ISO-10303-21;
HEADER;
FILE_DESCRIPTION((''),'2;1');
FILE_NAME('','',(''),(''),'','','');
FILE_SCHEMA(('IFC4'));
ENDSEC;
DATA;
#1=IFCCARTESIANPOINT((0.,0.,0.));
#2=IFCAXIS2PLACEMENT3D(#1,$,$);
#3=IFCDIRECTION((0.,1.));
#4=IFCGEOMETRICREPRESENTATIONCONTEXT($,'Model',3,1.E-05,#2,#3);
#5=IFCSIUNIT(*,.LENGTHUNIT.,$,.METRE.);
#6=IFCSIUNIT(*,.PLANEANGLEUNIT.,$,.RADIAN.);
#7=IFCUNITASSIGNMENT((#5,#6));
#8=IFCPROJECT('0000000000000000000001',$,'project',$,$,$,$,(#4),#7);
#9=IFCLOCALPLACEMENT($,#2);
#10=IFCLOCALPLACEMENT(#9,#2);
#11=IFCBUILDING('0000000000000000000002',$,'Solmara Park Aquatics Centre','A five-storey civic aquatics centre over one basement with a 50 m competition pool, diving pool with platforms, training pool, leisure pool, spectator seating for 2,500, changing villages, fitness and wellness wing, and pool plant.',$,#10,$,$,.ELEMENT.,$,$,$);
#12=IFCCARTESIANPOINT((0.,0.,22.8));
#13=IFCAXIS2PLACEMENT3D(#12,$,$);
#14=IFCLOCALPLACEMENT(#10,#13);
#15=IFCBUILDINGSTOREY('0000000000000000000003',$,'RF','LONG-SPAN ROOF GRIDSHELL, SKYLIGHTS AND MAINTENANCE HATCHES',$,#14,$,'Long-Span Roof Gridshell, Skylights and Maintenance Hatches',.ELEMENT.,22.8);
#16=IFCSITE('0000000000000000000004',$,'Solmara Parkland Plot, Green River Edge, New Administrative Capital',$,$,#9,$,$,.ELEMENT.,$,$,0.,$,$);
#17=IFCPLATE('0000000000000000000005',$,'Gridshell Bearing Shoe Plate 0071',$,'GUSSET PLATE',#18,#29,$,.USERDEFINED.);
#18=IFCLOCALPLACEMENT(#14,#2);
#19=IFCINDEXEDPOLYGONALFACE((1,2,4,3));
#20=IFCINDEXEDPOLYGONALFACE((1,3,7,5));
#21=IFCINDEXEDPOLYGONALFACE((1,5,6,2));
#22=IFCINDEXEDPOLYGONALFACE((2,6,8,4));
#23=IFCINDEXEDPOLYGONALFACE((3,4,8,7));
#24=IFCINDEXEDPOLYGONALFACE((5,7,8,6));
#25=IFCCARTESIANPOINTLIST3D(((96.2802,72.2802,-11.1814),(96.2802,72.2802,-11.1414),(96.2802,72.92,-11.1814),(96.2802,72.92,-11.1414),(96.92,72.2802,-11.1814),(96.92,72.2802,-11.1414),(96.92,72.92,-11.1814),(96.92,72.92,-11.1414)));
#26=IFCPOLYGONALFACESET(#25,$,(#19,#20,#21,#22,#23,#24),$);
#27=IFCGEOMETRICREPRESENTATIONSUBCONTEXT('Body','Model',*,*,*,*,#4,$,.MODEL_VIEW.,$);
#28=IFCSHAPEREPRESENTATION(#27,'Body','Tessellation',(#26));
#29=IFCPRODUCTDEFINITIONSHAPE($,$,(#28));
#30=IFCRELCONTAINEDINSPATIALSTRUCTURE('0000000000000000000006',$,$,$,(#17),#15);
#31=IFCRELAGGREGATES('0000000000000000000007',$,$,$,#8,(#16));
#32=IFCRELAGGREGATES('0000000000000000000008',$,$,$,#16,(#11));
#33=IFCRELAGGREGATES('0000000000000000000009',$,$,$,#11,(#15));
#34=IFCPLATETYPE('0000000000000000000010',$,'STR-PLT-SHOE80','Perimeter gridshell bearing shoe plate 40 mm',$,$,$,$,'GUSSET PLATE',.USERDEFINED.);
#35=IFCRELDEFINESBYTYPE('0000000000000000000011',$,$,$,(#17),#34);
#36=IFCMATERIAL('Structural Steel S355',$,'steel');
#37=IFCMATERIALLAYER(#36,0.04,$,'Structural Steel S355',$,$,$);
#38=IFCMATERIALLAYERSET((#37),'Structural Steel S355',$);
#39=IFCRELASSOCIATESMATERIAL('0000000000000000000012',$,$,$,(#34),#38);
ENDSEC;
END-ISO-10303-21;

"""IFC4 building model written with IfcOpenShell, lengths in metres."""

from ifc_helpers import new_model, si_unit, direction, frame, origin, origin_2d, place, context, subcontext, project, spatial, rectangle, extrude, material, layer, layer_set, type_object, element, save


model = new_model("IFC4")

# Units and contexts
model_context = context("Model", 3, precision=1e-05, world=origin(), true_north=direction((0.0, 1.0)))
body_context = subcontext(model_context, "Body", "Model", "MODEL_VIEW")
ifc_project = project(units=[si_unit("LENGTHUNIT", "METRE"), si_unit("PLANEANGLEUNIT", "RADIAN")], contexts=[model_context])

# Site, building, storey
site_placement = place(None, origin())
site = spatial("IfcSite", under=ifc_project, at=site_placement, Name="Solmara Parkland Plot, Green River Edge, New Administrative Capital", CompositionType="ELEMENT", RefElevation=0.0)
building_placement = place(site_placement, origin())
building = spatial("IfcBuilding", under=site, at=building_placement, Name="Solmara Park Aquatics Centre", Description="A five-storey civic aquatics centre over one basement with a 50 m competition pool, diving pool with platforms, training pool, leisure pool, spectator seating for 2,500, changing villages, fitness and wellness wing, and pool plant.", CompositionType="ELEMENT")
storey_placement = place(building_placement, frame((0.0, 0.0, 22.8)))
storey = spatial("IfcBuildingStorey", under=building, at=storey_placement, Name="RF", Description="LONG-SPAN ROOF GRIDSHELL, SKYLIGHTS AND MAINTENANCE HATCHES", LongName="Long-Span Roof Gridshell, Skylights and Maintenance Hatches", CompositionType="ELEMENT", Elevation=22.8)

# Shared definitions
ifc_material_1 = material(Name="Structural Steel S355", Category="steel")

# Plate
ifc_layer = layer(ifc_material_1, 0.04, Name="Structural Steel S355")
ifc_layer_set = layer_set([ifc_layer], Name="Structural Steel S355")
plate_type = type_object("IfcPlateType", Name="STR-PLT-SHOE80", Description="Perimeter gridshell bearing shoe plate 40 mm", ElementType="GUSSET PLATE", PredefinedType="USERDEFINED", material=ifc_layer_set)
plate_placement = place(storey_placement, frame((96.6001, 72.6001, -11.1814), z_axis=(0.0, 0.0, 1.0), x_axis=(1.0, 0.0, 0.0)))
element("IfcPlate", 1, at=plate_placement, inside=storey, type_object=plate_type, Name="Gridshell Bearing Shoe Plate 0071", ObjectType="GUSSET PLATE", PredefinedType="USERDEFINED", context=body_context, shape_type="SweptSolid", body=[
    extrude(rectangle(XDim=0.6399, YDim=0.6399, at=origin_2d()), origin(), (0.0, 0.0, 1.0), 0.04),
])

save(model, "model.ifc")
